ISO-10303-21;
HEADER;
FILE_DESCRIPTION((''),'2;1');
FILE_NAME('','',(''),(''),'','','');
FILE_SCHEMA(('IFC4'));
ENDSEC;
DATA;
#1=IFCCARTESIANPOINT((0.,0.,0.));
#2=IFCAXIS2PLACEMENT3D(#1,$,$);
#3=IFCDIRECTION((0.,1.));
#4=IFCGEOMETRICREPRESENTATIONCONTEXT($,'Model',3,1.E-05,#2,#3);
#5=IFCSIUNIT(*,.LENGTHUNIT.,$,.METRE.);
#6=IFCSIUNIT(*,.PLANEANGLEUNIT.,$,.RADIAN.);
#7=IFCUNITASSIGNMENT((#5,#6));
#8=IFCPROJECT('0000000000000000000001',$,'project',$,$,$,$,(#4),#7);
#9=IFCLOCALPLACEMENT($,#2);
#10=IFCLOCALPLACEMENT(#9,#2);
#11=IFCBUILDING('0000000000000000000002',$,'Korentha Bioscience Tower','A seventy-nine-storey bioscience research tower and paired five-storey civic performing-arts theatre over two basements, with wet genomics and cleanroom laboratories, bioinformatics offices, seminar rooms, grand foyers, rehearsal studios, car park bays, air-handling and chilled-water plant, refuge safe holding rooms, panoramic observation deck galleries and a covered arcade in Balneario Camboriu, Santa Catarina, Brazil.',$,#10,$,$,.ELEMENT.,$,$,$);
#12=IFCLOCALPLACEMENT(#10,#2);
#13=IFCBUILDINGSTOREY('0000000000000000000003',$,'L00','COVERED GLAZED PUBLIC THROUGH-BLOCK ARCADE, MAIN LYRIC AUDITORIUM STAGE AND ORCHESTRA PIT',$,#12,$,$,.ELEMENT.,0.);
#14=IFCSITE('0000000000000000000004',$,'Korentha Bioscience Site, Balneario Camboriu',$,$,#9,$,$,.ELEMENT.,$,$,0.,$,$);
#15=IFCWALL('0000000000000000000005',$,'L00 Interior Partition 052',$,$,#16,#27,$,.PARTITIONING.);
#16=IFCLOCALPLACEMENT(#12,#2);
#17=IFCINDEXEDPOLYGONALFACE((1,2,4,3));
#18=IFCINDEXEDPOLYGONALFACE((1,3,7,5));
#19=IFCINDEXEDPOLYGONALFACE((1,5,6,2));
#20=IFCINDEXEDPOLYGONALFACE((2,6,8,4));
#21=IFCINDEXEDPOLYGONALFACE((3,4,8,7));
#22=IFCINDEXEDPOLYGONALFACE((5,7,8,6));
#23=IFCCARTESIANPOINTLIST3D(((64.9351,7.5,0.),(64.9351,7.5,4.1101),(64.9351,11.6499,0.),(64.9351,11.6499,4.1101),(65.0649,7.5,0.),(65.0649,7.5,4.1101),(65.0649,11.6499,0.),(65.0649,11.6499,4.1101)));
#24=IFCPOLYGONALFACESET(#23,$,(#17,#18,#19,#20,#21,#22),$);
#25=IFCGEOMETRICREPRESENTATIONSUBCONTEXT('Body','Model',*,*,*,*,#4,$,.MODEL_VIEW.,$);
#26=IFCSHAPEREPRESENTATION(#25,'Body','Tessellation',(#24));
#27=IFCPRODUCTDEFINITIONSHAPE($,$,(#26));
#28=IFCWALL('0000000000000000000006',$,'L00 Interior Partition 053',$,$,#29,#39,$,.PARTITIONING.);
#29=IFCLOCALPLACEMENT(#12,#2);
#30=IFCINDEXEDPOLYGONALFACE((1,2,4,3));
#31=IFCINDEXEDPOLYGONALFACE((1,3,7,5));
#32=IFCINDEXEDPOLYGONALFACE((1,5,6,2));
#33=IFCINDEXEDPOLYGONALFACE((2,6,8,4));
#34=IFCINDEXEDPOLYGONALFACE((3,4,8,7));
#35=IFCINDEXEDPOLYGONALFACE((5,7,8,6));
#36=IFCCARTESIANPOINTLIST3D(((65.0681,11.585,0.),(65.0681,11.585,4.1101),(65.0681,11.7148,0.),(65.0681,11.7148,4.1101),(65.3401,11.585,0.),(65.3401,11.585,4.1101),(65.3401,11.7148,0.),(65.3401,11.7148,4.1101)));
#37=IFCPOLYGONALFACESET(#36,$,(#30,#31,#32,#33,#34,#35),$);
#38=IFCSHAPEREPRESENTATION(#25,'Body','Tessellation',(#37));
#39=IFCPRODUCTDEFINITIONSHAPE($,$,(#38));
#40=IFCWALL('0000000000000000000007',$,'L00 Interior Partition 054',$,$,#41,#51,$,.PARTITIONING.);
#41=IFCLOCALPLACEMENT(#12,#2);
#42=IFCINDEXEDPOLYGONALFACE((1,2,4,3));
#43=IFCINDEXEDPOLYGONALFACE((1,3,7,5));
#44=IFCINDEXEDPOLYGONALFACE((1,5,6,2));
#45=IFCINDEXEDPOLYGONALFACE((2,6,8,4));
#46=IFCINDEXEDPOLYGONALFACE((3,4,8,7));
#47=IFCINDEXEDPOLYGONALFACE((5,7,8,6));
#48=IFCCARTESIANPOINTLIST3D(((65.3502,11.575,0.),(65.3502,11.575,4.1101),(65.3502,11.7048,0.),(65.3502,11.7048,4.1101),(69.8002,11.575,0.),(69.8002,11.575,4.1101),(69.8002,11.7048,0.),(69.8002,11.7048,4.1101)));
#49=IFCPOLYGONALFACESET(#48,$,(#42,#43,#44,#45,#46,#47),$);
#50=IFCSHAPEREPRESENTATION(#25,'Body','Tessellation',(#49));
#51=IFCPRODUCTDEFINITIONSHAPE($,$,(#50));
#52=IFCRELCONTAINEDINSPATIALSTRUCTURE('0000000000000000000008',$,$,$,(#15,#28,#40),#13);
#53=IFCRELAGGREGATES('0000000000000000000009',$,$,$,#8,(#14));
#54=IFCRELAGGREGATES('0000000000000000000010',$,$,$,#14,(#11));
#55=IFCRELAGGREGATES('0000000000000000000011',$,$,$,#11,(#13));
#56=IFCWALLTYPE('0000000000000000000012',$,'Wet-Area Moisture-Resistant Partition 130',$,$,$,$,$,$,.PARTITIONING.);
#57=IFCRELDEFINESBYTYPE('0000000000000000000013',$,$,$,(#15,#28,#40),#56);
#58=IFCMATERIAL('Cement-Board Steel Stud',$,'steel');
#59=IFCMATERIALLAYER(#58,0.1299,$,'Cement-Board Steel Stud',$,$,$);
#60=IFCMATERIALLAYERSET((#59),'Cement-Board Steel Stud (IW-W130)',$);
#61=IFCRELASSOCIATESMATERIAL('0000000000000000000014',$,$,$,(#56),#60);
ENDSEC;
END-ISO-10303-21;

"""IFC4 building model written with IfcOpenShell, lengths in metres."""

from ifc_helpers import new_model, si_unit, direction, frame, frame_2d, origin, place, context, subcontext, project, spatial, rectangle, extrude, material, layer, layer_set, type_object, element, save


model = new_model("IFC4")

# Units and contexts
model_context = context("Model", 3, precision=1e-05, world=origin(), true_north=direction((0.0, 1.0)))
body_context = subcontext(model_context, "Body", "Model", "MODEL_VIEW")
ifc_project = project(units=[si_unit("LENGTHUNIT", "METRE"), si_unit("PLANEANGLEUNIT", "RADIAN")], contexts=[model_context])

# Site, building, storey
site_placement = place(None, origin())
site = spatial("IfcSite", under=ifc_project, at=site_placement, Name="Korentha Bioscience Site, Balneario Camboriu", CompositionType="ELEMENT", RefElevation=0.0)
building_placement = place(site_placement, origin())
building = spatial("IfcBuilding", under=site, at=building_placement, Name="Korentha Bioscience Tower", Description="A seventy-nine-storey bioscience research tower and paired five-storey civic performing-arts theatre over two basements, with wet genomics and cleanroom laboratories, bioinformatics offices, seminar rooms, grand foyers, rehearsal studios, car park bays, air-handling and chilled-water plant, refuge safe holding rooms, panoramic observation deck galleries and a covered arcade in Balneario Camboriu, Santa Catarina, Brazil.", CompositionType="ELEMENT")
storey_placement = place(building_placement, origin())
storey = spatial("IfcBuildingStorey", under=building, at=storey_placement, Name="L00", Description="COVERED GLAZED PUBLIC THROUGH-BLOCK ARCADE, MAIN LYRIC AUDITORIUM STAGE AND ORCHESTRA PIT", CompositionType="ELEMENT", Elevation=0.0)

# Walls
ifc_material_1 = material(Name="Cement-Board Steel Stud", Category="steel")
ifc_layer_1 = layer(ifc_material_1, 0.1299, Name="Cement-Board Steel Stud")
ifc_layer_set_1 = layer_set([ifc_layer_1], Name="Cement-Board Steel Stud (IW-W130)")
wall_type_1 = type_object("IfcWallType", Name="Wet-Area Moisture-Resistant Partition 130", PredefinedType="PARTITIONING", material=ifc_layer_set_1)
wall_1_placement = place(storey_placement, frame((65.0, 7.5, 0.0), z_axis=(0.0, 0.0, 1.0), x_axis=(0.0, 1.0, 0.0)))
element("IfcWall", 1, at=wall_1_placement, inside=storey, type_object=wall_type_1, Name="L00 Interior Partition 052", PredefinedType="PARTITIONING", context=body_context, shape_type="SweptSolid", body=[
    extrude(rectangle(XDim=4.1499, YDim=0.1299, at=frame_2d((2.075, 0.0))), origin(), (0.0, 0.0, 1.0), 4.1101),
])
wall_2_placement = place(storey_placement, frame((65.0681, 11.6499, 0.0), z_axis=(0.0, 0.0, 1.0), x_axis=(1.0, 0.0, 0.0)))
element("IfcWall", 2, at=wall_2_placement, inside=storey, type_object=wall_type_1, Name="L00 Interior Partition 053", PredefinedType="PARTITIONING", context=body_context, shape_type="SweptSolid", body=[
    extrude(rectangle(XDim=0.272, YDim=0.1299, at=frame_2d((0.136, 0.0))), origin(), (0.0, 0.0, 1.0), 4.1101),
])
wall_3_placement = place(storey_placement, frame((65.3501, 11.6399, 0.0), z_axis=(0.0, 0.0, 1.0), x_axis=(1.0, 0.0, 0.0)))
element("IfcWall", 3, at=wall_3_placement, inside=storey, type_object=wall_type_1, Name="L00 Interior Partition 054", PredefinedType="PARTITIONING", context=body_context, shape_type="SweptSolid", body=[
    extrude(rectangle(XDim=4.45, YDim=0.1299, at=frame_2d((2.2251, 0.0))), origin(), (0.0, 0.0, 1.0), 4.1101),
])

save(model, "model.ifc")
